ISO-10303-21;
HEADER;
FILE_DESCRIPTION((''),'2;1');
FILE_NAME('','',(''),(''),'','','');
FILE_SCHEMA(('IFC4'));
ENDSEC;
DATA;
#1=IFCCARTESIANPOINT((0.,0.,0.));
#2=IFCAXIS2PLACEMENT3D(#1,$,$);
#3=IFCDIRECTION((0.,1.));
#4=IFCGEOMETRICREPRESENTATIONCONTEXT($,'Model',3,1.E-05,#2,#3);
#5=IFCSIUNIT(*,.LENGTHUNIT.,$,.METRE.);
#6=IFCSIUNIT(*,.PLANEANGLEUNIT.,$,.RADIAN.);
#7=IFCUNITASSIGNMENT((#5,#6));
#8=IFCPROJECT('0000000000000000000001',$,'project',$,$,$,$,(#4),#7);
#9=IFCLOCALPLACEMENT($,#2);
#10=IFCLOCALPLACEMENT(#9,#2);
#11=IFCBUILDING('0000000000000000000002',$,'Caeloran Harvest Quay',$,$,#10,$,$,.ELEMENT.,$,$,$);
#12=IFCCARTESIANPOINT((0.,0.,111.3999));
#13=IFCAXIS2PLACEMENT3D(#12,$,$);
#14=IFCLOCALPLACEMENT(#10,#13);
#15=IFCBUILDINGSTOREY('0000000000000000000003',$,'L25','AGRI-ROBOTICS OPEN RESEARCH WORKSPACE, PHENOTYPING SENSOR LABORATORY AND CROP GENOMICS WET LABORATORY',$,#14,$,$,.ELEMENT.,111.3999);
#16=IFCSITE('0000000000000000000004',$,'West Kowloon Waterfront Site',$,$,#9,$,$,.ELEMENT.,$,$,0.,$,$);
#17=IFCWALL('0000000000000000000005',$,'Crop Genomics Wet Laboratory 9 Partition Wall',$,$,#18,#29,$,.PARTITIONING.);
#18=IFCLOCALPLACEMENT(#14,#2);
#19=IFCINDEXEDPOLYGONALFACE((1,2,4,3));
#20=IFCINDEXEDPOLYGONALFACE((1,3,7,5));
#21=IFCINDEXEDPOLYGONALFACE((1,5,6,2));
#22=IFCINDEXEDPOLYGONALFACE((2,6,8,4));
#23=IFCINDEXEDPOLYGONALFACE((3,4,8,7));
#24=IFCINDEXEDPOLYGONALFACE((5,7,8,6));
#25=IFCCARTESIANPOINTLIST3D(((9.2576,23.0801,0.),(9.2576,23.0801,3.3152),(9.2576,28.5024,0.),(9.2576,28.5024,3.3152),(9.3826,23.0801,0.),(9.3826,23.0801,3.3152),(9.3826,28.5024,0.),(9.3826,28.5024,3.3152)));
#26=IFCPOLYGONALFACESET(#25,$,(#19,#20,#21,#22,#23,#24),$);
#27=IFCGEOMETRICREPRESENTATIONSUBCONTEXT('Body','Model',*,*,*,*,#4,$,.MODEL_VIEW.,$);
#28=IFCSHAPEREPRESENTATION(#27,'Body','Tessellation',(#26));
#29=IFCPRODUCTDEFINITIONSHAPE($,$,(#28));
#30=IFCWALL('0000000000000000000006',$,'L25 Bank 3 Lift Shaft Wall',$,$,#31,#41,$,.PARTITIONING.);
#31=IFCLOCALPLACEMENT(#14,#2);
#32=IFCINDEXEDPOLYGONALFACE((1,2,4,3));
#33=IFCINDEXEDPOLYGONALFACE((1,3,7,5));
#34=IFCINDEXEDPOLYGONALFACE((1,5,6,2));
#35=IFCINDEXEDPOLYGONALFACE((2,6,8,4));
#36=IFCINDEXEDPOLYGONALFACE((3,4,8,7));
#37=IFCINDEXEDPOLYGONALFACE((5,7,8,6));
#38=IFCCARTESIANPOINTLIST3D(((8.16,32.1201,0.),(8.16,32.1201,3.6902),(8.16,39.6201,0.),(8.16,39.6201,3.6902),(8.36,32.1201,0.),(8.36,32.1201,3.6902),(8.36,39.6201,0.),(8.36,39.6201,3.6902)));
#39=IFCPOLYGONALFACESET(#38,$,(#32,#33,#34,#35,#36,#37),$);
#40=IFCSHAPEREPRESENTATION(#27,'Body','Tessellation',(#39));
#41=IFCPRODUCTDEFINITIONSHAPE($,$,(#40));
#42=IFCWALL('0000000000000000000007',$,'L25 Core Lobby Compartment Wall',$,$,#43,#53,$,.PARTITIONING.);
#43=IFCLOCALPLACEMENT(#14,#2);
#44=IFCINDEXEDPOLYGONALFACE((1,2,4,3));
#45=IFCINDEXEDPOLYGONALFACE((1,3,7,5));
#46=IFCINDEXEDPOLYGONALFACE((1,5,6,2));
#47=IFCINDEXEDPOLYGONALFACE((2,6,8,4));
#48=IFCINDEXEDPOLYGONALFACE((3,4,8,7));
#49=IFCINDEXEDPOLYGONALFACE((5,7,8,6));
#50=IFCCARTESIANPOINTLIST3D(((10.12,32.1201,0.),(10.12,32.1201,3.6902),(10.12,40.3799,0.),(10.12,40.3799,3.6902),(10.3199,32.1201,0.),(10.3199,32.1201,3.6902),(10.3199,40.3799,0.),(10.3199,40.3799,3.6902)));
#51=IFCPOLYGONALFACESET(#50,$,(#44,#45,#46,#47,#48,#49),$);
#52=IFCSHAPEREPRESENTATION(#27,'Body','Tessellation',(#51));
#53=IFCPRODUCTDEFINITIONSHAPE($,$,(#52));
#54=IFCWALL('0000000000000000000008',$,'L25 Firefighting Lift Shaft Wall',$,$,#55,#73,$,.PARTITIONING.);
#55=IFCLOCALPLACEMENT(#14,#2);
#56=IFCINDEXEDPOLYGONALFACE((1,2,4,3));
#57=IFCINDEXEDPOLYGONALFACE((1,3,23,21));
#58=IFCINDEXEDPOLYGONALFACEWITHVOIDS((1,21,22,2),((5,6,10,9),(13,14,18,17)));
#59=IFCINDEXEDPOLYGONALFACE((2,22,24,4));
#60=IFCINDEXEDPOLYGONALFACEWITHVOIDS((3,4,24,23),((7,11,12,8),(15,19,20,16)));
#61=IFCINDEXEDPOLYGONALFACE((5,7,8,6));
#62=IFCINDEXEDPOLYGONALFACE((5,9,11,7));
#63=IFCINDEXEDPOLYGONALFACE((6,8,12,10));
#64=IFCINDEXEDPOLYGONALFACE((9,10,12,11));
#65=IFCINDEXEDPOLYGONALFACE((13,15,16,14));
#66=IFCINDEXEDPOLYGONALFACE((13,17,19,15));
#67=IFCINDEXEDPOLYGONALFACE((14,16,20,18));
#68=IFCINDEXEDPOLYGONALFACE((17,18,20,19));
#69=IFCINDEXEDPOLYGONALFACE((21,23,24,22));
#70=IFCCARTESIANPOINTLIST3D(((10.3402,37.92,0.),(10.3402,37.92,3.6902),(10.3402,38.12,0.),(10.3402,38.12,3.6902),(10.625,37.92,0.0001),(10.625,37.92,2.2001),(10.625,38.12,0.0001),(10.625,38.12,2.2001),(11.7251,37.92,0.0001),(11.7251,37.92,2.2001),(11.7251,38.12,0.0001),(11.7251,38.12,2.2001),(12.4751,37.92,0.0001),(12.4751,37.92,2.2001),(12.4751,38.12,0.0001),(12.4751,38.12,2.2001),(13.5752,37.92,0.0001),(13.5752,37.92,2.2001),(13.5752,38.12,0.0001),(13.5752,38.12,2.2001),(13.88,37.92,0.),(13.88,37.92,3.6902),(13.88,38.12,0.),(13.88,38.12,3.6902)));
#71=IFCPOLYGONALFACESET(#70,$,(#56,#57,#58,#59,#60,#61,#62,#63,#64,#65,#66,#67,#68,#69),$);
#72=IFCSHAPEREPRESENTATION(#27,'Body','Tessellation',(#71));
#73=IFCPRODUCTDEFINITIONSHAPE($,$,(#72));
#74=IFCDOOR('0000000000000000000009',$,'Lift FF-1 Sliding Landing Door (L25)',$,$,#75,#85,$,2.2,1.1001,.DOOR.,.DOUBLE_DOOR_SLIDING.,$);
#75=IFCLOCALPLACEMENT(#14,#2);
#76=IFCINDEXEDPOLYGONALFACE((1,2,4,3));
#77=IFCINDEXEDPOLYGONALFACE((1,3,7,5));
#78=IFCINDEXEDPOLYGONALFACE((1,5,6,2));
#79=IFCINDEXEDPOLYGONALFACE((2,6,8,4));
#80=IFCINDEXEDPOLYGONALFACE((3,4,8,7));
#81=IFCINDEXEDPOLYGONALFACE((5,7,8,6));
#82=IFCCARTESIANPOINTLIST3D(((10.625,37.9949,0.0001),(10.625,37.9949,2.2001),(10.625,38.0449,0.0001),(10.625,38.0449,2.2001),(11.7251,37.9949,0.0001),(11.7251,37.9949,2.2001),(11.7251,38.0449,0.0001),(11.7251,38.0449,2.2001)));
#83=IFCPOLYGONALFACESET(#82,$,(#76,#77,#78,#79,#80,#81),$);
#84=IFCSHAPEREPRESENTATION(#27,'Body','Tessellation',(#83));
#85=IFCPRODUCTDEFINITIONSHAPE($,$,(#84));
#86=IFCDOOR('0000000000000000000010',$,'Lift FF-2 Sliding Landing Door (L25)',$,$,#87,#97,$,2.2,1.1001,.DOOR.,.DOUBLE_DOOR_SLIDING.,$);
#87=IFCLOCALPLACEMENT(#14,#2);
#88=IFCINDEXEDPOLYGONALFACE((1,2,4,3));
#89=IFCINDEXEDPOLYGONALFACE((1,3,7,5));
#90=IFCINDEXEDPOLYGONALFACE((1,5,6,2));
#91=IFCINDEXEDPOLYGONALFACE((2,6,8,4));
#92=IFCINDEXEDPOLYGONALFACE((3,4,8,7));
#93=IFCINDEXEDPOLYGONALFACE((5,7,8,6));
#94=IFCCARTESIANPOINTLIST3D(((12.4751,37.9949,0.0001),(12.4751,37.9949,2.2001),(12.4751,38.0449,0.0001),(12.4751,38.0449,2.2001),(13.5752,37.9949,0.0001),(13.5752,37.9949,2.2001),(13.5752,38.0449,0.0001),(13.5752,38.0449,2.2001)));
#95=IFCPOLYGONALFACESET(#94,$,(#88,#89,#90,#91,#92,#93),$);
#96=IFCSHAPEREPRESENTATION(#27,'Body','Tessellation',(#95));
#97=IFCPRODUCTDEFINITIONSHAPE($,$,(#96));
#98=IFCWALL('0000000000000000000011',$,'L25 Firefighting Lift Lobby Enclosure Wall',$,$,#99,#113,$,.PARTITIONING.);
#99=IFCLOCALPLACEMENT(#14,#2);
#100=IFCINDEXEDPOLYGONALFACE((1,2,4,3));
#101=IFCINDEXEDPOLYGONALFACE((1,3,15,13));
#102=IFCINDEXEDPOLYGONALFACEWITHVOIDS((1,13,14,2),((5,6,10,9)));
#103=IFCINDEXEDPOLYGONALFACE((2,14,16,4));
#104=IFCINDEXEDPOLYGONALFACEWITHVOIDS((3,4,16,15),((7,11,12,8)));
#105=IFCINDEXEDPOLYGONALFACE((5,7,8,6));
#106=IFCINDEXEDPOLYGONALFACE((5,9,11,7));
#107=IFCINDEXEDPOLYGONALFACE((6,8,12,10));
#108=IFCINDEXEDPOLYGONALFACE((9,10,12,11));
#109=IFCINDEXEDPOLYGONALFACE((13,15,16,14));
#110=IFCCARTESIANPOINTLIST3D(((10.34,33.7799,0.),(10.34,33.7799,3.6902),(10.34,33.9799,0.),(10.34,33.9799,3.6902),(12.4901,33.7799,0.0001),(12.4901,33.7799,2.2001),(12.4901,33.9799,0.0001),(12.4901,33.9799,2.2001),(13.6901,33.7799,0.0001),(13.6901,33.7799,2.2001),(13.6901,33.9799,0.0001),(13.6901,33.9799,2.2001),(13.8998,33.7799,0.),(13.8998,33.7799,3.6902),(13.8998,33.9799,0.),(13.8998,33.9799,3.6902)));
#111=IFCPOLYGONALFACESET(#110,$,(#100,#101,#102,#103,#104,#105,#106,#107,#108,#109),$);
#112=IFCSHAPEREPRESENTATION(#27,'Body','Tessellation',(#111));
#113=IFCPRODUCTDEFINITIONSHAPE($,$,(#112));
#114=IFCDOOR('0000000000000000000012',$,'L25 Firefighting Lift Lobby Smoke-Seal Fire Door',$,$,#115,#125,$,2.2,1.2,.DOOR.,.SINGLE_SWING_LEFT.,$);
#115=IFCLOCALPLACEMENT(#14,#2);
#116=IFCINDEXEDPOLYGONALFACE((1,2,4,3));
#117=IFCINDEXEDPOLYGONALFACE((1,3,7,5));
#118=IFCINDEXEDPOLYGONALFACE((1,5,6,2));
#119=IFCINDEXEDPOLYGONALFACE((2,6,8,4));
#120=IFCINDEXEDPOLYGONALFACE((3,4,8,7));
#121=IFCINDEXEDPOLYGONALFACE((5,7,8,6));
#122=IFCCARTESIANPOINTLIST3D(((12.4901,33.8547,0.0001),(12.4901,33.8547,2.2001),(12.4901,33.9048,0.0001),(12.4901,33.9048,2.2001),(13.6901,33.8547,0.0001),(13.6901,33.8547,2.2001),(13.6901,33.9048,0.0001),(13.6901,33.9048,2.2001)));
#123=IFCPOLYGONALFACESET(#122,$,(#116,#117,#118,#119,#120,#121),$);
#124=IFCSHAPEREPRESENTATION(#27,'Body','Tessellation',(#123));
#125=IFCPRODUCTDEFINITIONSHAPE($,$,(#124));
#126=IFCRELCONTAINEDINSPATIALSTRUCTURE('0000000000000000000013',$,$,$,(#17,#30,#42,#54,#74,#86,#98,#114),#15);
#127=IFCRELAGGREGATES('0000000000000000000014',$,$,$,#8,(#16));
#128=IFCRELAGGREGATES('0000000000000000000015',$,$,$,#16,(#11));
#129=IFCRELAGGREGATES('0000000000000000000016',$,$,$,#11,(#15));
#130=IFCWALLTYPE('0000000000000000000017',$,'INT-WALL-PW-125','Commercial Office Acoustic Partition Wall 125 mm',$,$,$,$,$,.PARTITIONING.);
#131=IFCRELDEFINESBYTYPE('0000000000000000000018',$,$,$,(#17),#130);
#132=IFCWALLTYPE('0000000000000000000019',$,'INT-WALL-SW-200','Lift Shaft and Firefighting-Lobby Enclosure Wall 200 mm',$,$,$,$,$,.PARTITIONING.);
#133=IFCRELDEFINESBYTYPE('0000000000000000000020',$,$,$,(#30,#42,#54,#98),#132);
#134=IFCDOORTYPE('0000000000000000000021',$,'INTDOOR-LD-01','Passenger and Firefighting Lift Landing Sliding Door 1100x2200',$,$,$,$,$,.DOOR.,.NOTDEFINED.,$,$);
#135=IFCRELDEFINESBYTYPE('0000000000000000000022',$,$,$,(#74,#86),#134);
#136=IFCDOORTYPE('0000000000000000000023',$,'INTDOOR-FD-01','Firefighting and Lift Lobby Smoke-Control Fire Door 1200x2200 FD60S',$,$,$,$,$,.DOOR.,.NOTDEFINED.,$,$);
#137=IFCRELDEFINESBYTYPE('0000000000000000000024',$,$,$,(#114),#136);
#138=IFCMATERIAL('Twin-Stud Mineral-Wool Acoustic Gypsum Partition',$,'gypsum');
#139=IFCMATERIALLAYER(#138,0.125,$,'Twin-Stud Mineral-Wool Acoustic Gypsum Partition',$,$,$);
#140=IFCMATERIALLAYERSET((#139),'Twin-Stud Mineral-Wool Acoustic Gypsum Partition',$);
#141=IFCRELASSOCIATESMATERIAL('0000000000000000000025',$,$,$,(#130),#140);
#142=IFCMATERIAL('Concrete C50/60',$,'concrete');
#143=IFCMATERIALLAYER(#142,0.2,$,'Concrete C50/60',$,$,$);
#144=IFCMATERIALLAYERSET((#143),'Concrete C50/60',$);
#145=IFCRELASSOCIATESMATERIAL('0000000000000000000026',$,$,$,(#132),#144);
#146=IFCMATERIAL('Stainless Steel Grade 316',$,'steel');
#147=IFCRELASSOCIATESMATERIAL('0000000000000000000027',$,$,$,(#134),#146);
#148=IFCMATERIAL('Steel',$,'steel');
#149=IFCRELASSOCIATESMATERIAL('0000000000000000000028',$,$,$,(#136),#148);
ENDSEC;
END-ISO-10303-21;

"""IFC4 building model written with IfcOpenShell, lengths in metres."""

from ifc_helpers import new_model, si_unit, direction, frame, frame_2d, origin, place, context, subcontext, project, spatial, rectangle, extrude, material, layer, layer_set, type_object, element, fill, save


model = new_model("IFC4")

# Units and contexts
model_context = context("Model", 3, precision=1e-05, world=origin(), true_north=direction((0.0, 1.0)))
body_context = subcontext(model_context, "Body", "Model", "MODEL_VIEW")
ifc_project = project(units=[si_unit("LENGTHUNIT", "METRE"), si_unit("PLANEANGLEUNIT", "RADIAN")], contexts=[model_context])

# Site, building, storey
site_placement = place(None, origin())
site = spatial("IfcSite", under=ifc_project, at=site_placement, Name="West Kowloon Waterfront Site", CompositionType="ELEMENT", RefElevation=0.0)
building_placement = place(site_placement, origin())
building = spatial("IfcBuilding", under=site, at=building_placement, Name="Caeloran Harvest Quay", CompositionType="ELEMENT")
storey_placement = place(building_placement, frame((0.0, 0.0, 111.3999)))
storey = spatial("IfcBuildingStorey", under=building, at=storey_placement, Name="L25", Description="AGRI-ROBOTICS OPEN RESEARCH WORKSPACE, PHENOTYPING SENSOR LABORATORY AND CROP GENOMICS WET LABORATORY", CompositionType="ELEMENT", Elevation=111.3999)

# Shared definitions
ifc_material_1 = material(Name="Twin-Stud Mineral-Wool Acoustic Gypsum Partition", Category="gypsum")
ifc_layer_1 = layer(ifc_material_1, 0.125, Name="Twin-Stud Mineral-Wool Acoustic Gypsum Partition")
ifc_layer_set_1 = layer_set([ifc_layer_1], Name="Twin-Stud Mineral-Wool Acoustic Gypsum Partition")
wall_type_1 = type_object("IfcWallType", Name="INT-WALL-PW-125", Description="Commercial Office Acoustic Partition Wall 125 mm", PredefinedType="PARTITIONING", material=ifc_layer_set_1)

# Walls
wall_1_placement = place(storey_placement, frame((9.3201, 28.5024, 0.0), z_axis=(0.0, 0.0, 1.0), x_axis=(0.0, -1.0, 0.0)))
element("IfcWall", 1, at=wall_1_placement, inside=storey, type_object=wall_type_1, Name="Crop Genomics Wet Laboratory 9 Partition Wall", PredefinedType="PARTITIONING", context=body_context, shape_type="SweptSolid", body=[
    extrude(rectangle(XDim=5.4224, YDim=0.125, at=frame_2d((2.7112, 0.0))), origin(), (0.0, 0.0, 1.0), 3.3152),
])
ifc_material_2 = material(Name="Concrete C50/60", Category="concrete")
ifc_layer_2 = layer(ifc_material_2, 0.2, Name="Concrete C50/60")
ifc_layer_set_2 = layer_set([ifc_layer_2], Name="Concrete C50/60")
wall_type_2 = type_object("IfcWallType", Name="INT-WALL-SW-200", Description="Lift Shaft and Firefighting-Lobby Enclosure Wall 200 mm", PredefinedType="PARTITIONING", material=ifc_layer_set_2)
wall_2_placement = place(storey_placement, frame((8.26, 32.1201, 0.0), z_axis=(0.0, 0.0, 1.0), x_axis=(0.0, 1.0, 0.0)))
element("IfcWall", 2, at=wall_2_placement, inside=storey, type_object=wall_type_2, Name="L25 Bank 3 Lift Shaft Wall", PredefinedType="PARTITIONING", context=body_context, shape_type="SweptSolid", body=[
    extrude(rectangle(XDim=7.5, YDim=0.2, at=frame_2d((3.75, 0.0))), origin(), (0.0, 0.0, 1.0), 3.6902),
])
wall_3_placement = place(storey_placement, frame((10.22, 32.1201, 0.0), z_axis=(0.0, 0.0, 1.0), x_axis=(0.0, 1.0, 0.0)))
element("IfcWall", 3, at=wall_3_placement, inside=storey, type_object=wall_type_2, Name="L25 Core Lobby Compartment Wall", PredefinedType="PARTITIONING", context=body_context, shape_type="SweptSolid", body=[
    extrude(rectangle(XDim=8.2598, YDim=0.2, at=frame_2d((4.1299, 0.0))), origin(), (0.0, 0.0, 1.0), 3.6902),
])

# Wall, openings, doors
wall_4_placement = place(storey_placement, frame((10.3401, 38.02, 0.0), z_axis=(0.0, 0.0, 1.0), x_axis=(1.0, 0.0, 0.0)))
wall_4 = element("IfcWall", 4, at=wall_4_placement, inside=storey, type_object=wall_type_2, Name="L25 Firefighting Lift Shaft Wall", PredefinedType="PARTITIONING", context=body_context, shape_type="SweptSolid", body=[
    extrude(rectangle(XDim=3.5398, YDim=0.2, at=frame_2d((1.77, 0.0))), origin(), (0.0, 0.0, 1.0), 3.6902),
])
opening_1_placement = place(wall_4_placement, frame((0.2849, 0.0, 0.0)))
opening_1 = element("IfcOpeningElement", 5, at=opening_1_placement, cuts=wall_4, PredefinedType="OPENING", context=body_context, shape_type="SweptSolid", body=[
    extrude(rectangle(XDim=1.1001, YDim=2.2, at=frame_2d((0.55, 1.1001))), frame((0.0, 0.1099, 0.0), z_axis=(0.0, -1.0, 0.0), x_axis=(1.0, 0.0, 0.0)), (0.0, 0.0, 1.0), 0.22),
])
opening_2_placement = place(wall_4_placement, frame((2.135, 0.0, 0.0)))
opening_2 = element("IfcOpeningElement", 6, at=opening_2_placement, cuts=wall_4, PredefinedType="OPENING", context=body_context, shape_type="SweptSolid", body=[
    extrude(rectangle(XDim=1.1001, YDim=2.2, at=frame_2d((0.55, 1.1001))), frame((0.0, 0.1099, 0.0), z_axis=(0.0, -1.0, 0.0), x_axis=(1.0, 0.0, 0.0)), (0.0, 0.0, 1.0), 0.22),
])
ifc_material_3 = material(Name="Stainless Steel Grade 316", Category="steel")
door_type_1 = type_object("IfcDoorType", Name="INTDOOR-LD-01", Description="Passenger and Firefighting Lift Landing Sliding Door 1100x2200", OperationType="NOTDEFINED", PredefinedType="DOOR", material=ifc_material_3)
door_1_placement = place(opening_1_placement, origin())
door_1 = element("IfcDoor", 7, at=door_1_placement, inside=storey, type_object=door_type_1, Name="Lift FF-1 Sliding Landing Door (L25)", OperationType="DOUBLE_DOOR_SLIDING", OverallHeight=2.2, OverallWidth=1.1001, PredefinedType="DOOR", context=body_context, shape_type="SweptSolid", body=[
    extrude(rectangle(XDim=1.1001, YDim=2.2, at=frame_2d((0.55, 1.1001))), frame((0.0, 0.0249, 0.0), z_axis=(0.0, -1.0, 0.0), x_axis=(1.0, 0.0, 0.0)), (0.0, 0.0, 1.0), 0.05),
])
fill(opening_1, door_1)
door_2_placement = place(opening_2_placement, origin())
door_2 = element("IfcDoor", 8, at=door_2_placement, inside=storey, type_object=door_type_1, Name="Lift FF-2 Sliding Landing Door (L25)", OperationType="DOUBLE_DOOR_SLIDING", OverallHeight=2.2, OverallWidth=1.1001, PredefinedType="DOOR", context=body_context, shape_type="SweptSolid", body=[
    extrude(rectangle(XDim=1.1001, YDim=2.2, at=frame_2d((0.55, 1.1001))), frame((0.0, 0.0249, 0.0), z_axis=(0.0, -1.0, 0.0), x_axis=(1.0, 0.0, 0.0)), (0.0, 0.0, 1.0), 0.05),
])
fill(opening_2, door_2)

# Wall, opening, door
wall_5_placement = place(storey_placement, frame((10.3401, 33.8799, 0.0), z_axis=(0.0, 0.0, 1.0), x_axis=(1.0, 0.0, 0.0)))
wall_5 = element("IfcWall", 9, at=wall_5_placement, inside=storey, type_object=wall_type_2, Name="L25 Firefighting Lift Lobby Enclosure Wall", PredefinedType="PARTITIONING", context=body_context, shape_type="SweptSolid", body=[
    extrude(rectangle(XDim=3.5598, YDim=0.2, at=frame_2d((1.7798, 0.0))), origin(), (0.0, 0.0, 1.0), 3.6902),
])
opening_3_placement = place(wall_5_placement, frame((2.1499, 0.0, 0.0)))
opening_3 = element("IfcOpeningElement", 10, at=opening_3_placement, cuts=wall_5, PredefinedType="OPENING", context=body_context, shape_type="SweptSolid", body=[
    extrude(rectangle(XDim=1.2, YDim=2.2, at=frame_2d((0.6001, 1.1001))), frame((0.0, 0.1099, 0.0), z_axis=(0.0, -1.0, 0.0), x_axis=(1.0, 0.0, 0.0)), (0.0, 0.0, 1.0), 0.22),
])
ifc_material_4 = material(Name="Steel", Category="steel")
door_type_2 = type_object("IfcDoorType", Name="INTDOOR-FD-01", Description="Firefighting and Lift Lobby Smoke-Control Fire Door 1200x2200 FD60S", OperationType="NOTDEFINED", PredefinedType="DOOR", material=ifc_material_4)
door_3_placement = place(opening_3_placement, origin())
door_3 = element("IfcDoor", 11, at=door_3_placement, inside=storey, type_object=door_type_2, Name="L25 Firefighting Lift Lobby Smoke-Seal Fire Door", OperationType="SINGLE_SWING_LEFT", OverallHeight=2.2, OverallWidth=1.2, PredefinedType="DOOR", context=body_context, shape_type="SweptSolid", body=[
    extrude(rectangle(XDim=1.2, YDim=2.2, at=frame_2d((0.6001, 1.1001))), frame((0.0, 0.0249, 0.0), z_axis=(0.0, -1.0, 0.0), x_axis=(1.0, 0.0, 0.0)), (0.0, 0.0, 1.0), 0.05),
])
fill(opening_3, door_3)

save(model, "model.ifc")
